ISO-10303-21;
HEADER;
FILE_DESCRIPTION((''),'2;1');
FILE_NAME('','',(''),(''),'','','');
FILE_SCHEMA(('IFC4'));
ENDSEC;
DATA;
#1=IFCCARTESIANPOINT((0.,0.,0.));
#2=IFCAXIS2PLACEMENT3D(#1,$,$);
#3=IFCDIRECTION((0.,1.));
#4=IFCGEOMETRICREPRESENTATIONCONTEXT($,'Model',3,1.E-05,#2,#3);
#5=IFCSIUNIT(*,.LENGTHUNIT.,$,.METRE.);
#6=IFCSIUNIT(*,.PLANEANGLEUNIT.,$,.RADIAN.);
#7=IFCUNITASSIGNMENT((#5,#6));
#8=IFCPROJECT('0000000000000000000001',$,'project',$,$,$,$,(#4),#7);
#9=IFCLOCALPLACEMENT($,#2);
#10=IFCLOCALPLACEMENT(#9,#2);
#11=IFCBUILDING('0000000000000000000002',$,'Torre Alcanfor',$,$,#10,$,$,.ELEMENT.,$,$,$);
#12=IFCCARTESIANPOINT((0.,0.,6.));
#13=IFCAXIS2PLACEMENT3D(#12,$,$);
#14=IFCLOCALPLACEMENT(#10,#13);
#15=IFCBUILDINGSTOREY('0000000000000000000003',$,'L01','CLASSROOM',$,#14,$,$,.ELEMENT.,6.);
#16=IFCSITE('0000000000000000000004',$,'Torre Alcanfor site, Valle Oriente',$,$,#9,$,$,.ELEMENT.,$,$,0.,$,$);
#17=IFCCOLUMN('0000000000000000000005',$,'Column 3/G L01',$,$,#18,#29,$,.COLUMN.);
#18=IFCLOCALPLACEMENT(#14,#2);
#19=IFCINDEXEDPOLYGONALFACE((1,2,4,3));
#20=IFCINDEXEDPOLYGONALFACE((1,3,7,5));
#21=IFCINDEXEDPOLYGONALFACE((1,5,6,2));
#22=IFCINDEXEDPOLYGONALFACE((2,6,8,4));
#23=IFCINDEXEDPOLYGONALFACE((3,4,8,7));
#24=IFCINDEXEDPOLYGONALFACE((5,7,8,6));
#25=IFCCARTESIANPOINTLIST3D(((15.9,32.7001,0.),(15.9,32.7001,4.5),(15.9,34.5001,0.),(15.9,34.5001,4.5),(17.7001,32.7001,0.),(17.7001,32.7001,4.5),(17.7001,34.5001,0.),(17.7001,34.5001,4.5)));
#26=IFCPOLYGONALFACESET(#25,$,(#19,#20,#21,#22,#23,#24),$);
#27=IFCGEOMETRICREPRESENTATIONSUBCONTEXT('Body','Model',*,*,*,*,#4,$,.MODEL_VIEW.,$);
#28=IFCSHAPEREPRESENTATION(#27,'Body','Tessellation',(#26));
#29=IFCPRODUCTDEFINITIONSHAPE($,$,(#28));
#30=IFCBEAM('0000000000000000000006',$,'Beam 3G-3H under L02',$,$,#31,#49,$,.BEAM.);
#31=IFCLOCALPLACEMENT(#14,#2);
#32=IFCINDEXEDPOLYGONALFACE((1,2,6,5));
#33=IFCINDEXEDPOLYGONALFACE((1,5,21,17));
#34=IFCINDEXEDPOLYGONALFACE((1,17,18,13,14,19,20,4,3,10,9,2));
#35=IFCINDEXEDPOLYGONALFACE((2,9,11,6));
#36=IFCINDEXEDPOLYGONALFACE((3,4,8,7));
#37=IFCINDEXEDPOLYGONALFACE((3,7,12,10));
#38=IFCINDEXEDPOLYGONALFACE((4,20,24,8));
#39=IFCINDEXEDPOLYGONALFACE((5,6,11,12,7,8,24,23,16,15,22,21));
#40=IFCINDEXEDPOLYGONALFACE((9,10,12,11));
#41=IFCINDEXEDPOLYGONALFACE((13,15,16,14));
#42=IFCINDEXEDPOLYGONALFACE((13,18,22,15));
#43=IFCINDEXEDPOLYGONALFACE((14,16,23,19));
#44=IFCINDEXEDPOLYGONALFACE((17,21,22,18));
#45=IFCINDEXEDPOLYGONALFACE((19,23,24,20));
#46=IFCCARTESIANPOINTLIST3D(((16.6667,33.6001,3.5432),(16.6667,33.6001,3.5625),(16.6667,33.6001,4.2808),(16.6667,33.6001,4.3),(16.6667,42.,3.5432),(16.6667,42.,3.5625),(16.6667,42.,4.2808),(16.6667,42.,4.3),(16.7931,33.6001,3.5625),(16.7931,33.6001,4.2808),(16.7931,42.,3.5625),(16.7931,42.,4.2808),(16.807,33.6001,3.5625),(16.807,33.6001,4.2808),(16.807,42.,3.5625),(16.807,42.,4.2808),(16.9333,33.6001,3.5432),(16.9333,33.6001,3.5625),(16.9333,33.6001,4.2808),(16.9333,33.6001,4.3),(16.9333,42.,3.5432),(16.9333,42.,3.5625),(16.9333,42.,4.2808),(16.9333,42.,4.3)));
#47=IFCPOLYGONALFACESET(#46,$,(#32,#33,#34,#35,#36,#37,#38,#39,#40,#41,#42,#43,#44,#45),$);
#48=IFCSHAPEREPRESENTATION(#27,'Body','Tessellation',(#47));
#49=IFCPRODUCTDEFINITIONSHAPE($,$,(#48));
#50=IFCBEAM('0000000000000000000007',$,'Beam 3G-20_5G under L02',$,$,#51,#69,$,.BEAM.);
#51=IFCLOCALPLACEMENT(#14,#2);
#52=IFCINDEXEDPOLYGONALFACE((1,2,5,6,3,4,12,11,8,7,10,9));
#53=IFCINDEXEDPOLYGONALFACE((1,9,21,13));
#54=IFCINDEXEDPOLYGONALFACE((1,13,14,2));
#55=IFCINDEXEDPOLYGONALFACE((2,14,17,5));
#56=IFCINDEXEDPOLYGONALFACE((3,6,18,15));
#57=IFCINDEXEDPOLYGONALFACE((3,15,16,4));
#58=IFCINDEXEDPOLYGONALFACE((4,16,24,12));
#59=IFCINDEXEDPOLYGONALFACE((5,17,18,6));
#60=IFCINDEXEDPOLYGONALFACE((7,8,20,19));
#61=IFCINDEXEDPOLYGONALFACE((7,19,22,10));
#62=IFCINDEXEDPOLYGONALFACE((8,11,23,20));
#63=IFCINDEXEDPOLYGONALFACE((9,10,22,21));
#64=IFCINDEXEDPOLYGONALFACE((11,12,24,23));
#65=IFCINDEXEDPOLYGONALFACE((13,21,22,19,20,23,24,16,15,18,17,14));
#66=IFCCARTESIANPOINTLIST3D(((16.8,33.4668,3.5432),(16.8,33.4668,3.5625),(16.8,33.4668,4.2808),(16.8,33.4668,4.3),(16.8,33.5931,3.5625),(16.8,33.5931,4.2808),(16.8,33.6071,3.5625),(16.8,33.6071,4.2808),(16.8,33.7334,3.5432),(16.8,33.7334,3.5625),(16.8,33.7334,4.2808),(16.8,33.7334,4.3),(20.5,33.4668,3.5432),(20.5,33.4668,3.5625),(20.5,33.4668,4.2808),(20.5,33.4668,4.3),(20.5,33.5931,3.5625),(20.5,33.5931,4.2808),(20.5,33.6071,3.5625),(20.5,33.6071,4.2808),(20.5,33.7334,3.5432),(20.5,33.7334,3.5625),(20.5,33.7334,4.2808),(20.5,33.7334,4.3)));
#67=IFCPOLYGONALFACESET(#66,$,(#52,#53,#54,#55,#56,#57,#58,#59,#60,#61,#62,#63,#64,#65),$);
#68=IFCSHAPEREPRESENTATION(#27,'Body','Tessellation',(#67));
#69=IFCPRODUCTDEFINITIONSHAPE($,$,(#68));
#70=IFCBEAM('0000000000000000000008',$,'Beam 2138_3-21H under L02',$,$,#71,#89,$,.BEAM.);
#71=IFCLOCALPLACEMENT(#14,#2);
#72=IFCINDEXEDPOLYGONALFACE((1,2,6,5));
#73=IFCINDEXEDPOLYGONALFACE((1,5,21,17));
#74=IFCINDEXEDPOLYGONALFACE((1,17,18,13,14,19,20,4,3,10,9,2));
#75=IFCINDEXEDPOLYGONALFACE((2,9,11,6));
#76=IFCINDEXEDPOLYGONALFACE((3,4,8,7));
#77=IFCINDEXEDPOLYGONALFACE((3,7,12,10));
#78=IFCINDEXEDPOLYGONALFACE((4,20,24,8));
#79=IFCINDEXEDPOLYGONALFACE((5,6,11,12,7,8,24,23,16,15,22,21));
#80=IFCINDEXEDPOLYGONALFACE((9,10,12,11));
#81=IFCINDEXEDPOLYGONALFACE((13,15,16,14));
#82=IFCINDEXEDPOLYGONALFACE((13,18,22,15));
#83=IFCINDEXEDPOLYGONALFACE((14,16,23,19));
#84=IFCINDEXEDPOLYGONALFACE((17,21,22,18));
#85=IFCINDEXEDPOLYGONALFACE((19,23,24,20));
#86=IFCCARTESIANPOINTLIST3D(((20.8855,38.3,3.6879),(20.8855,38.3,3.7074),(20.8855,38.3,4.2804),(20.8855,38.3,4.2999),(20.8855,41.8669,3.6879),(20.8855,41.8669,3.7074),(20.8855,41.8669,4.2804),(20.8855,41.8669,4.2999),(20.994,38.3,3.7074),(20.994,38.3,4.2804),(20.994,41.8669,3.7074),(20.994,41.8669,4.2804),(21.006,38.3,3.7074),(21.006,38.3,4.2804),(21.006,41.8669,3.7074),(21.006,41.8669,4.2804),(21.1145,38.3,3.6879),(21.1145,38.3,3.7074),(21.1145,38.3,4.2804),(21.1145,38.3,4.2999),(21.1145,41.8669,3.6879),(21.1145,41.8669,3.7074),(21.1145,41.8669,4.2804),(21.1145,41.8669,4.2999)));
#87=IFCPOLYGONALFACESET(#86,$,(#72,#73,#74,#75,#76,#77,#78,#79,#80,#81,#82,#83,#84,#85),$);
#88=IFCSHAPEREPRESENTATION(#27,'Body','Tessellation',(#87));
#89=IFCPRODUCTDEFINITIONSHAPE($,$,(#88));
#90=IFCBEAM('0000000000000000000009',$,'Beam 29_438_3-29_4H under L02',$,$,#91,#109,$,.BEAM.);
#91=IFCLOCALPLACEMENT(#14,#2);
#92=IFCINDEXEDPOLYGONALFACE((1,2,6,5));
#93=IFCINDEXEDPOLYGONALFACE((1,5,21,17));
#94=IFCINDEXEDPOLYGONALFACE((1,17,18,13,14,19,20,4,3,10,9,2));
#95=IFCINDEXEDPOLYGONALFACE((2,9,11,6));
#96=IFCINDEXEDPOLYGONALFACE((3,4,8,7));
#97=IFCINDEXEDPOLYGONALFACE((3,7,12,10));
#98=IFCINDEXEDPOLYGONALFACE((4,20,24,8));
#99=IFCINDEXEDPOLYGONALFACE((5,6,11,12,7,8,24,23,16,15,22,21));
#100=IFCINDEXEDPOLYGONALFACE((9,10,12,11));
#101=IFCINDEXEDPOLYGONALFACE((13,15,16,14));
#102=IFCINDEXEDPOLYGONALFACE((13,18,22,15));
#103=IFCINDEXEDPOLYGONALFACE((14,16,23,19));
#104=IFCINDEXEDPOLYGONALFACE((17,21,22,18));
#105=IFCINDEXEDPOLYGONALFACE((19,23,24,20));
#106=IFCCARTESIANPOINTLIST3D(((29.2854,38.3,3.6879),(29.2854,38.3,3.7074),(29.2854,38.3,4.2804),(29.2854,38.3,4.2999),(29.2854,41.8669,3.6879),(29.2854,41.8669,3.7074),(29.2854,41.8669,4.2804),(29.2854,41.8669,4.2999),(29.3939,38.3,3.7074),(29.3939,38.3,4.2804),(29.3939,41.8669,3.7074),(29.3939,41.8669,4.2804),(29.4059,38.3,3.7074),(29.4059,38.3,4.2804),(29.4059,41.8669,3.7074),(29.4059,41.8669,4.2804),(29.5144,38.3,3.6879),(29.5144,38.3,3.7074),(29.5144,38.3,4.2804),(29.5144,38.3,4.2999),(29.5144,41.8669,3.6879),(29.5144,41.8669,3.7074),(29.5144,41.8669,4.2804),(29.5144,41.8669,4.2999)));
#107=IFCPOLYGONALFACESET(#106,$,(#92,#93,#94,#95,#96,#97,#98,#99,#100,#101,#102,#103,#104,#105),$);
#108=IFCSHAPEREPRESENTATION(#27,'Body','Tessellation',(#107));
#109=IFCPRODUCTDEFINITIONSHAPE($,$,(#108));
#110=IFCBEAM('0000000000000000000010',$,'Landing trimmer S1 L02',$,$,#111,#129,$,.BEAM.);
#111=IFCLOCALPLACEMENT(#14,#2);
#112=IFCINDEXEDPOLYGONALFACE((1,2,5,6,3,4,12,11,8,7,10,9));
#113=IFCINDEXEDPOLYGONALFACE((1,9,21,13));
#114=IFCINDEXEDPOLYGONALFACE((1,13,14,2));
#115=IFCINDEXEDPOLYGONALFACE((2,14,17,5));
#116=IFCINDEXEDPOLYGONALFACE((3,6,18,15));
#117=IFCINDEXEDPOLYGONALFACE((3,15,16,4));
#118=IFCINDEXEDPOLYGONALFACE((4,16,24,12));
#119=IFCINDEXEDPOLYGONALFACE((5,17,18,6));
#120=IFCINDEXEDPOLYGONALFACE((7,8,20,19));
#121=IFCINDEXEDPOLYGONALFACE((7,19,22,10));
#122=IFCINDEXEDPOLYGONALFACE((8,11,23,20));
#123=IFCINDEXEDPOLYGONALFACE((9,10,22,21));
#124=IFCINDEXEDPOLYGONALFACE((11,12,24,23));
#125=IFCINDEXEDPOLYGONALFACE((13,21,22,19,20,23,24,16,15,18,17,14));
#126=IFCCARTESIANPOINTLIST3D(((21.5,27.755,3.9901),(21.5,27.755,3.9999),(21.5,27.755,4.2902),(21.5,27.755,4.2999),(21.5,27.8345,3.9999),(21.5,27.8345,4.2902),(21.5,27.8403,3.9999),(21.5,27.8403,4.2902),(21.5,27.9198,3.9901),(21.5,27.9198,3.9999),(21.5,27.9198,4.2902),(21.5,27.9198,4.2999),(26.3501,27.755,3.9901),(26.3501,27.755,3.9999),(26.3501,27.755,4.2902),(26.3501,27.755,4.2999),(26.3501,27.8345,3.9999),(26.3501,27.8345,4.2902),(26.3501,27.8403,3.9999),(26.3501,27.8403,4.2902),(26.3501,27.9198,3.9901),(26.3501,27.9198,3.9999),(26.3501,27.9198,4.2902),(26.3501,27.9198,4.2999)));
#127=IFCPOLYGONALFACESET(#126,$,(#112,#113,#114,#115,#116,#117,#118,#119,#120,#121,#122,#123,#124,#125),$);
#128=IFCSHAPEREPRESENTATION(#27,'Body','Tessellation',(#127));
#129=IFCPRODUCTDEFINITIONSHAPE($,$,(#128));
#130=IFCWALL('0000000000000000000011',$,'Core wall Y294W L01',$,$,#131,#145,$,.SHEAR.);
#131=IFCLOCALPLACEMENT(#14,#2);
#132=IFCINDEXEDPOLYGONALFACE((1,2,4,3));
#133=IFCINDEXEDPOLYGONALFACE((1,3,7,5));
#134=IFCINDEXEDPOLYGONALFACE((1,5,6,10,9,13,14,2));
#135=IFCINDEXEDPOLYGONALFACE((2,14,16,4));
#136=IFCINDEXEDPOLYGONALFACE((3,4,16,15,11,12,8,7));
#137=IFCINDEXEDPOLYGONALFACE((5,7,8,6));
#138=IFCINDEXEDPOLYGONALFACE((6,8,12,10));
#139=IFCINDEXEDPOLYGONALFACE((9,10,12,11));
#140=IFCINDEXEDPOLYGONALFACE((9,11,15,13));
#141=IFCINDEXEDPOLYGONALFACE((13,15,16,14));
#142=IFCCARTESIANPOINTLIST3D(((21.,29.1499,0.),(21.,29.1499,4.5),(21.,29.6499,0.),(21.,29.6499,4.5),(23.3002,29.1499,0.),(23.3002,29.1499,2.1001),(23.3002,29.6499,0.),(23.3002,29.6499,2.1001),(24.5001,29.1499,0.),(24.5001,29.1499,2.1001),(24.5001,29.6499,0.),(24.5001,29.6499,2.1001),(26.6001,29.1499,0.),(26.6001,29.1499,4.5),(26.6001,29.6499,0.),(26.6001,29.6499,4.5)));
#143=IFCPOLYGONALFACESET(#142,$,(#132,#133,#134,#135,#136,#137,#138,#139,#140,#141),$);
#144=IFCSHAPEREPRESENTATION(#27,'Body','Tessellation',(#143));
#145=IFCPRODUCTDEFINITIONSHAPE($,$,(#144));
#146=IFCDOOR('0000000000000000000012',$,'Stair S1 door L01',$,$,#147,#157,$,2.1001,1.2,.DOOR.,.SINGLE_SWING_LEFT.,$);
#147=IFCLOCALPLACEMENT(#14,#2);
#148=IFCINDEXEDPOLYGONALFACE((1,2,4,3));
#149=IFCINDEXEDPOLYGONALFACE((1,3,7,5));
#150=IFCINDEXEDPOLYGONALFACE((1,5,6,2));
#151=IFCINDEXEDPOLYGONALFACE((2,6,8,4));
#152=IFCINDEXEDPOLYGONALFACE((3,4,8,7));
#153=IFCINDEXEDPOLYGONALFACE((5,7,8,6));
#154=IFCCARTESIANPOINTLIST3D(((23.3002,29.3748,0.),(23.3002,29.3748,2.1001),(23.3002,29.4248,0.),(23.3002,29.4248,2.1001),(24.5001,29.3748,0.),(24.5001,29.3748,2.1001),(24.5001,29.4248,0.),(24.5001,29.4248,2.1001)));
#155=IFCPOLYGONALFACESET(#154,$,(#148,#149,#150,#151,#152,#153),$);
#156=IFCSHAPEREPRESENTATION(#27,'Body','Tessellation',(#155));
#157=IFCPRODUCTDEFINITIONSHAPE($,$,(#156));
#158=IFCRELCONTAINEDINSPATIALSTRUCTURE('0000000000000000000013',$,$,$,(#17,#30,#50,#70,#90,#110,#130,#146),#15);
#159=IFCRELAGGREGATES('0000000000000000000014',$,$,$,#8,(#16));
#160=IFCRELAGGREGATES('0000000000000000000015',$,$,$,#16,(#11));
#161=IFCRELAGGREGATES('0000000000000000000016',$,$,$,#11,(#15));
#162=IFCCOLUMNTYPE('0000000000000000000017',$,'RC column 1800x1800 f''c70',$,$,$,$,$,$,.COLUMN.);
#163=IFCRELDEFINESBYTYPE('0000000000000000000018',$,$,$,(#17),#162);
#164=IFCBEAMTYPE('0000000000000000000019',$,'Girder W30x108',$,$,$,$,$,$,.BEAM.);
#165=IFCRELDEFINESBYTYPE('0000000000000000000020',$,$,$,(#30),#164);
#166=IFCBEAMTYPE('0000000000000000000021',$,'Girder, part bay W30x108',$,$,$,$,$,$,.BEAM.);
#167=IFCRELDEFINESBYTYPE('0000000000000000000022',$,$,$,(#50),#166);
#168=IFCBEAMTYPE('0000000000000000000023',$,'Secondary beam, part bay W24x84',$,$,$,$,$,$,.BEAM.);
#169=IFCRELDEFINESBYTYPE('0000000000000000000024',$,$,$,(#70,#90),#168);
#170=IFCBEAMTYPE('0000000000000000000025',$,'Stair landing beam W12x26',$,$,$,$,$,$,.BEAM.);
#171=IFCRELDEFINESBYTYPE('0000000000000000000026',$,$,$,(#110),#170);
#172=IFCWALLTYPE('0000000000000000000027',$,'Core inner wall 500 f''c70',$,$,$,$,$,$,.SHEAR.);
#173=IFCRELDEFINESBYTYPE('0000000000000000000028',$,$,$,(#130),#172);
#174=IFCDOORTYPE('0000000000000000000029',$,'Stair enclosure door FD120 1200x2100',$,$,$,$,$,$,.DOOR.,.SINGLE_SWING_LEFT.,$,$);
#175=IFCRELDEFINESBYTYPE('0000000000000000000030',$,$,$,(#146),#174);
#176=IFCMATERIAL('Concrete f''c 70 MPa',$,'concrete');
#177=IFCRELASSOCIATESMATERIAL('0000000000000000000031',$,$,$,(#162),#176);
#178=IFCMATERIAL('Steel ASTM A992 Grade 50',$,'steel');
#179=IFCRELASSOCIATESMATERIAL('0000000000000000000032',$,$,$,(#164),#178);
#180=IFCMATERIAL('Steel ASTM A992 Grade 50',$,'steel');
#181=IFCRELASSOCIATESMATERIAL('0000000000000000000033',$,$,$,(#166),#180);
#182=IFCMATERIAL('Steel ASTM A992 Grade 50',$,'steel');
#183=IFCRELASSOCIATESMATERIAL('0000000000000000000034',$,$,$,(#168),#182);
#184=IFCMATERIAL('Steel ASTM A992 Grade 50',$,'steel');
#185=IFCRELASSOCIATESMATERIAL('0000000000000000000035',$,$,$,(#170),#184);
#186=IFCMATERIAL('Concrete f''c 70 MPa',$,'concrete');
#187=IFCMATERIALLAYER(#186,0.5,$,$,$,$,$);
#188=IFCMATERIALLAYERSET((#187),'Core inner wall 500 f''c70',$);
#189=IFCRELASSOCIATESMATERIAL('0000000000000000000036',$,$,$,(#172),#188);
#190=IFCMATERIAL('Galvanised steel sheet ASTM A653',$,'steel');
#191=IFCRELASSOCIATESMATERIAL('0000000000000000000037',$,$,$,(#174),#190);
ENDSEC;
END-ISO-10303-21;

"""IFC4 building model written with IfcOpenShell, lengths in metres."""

from ifc_helpers import new_model, si_unit, direction, frame, frame_2d, origin, origin_2d, place, context, subcontext, project, spatial, rectangle, i_section, extrude, material, layer, layer_set, material_profile, profile_set, type_object, element, fill, save


model = new_model("IFC4")

# Units and contexts
model_context = context("Model", 3, precision=1e-05, world=origin(), true_north=direction((0.0, 1.0)))
body_context = subcontext(model_context, "Body", "Model", "MODEL_VIEW")
ifc_project = project(units=[si_unit("LENGTHUNIT", "METRE"), si_unit("PLANEANGLEUNIT", "RADIAN")], contexts=[model_context])

# Site, building, storey
site_placement = place(None, origin())
site = spatial("IfcSite", under=ifc_project, at=site_placement, Name="Torre Alcanfor site, Valle Oriente", CompositionType="ELEMENT", RefElevation=0.0)
building_placement = place(site_placement, origin())
building = spatial("IfcBuilding", under=site, at=building_placement, Name="Torre Alcanfor", CompositionType="ELEMENT")
storey_placement = place(building_placement, frame((0.0, 0.0, 6.0)))
storey = spatial("IfcBuildingStorey", under=building, at=storey_placement, Name="L01", Description="CLASSROOM", CompositionType="ELEMENT", Elevation=6.0)

# Column
ifc_material_1 = material(Name="Concrete f'c 70 MPa", Category="concrete")
ifc_material_profile_1 = material_profile(ifc_material_1, rectangle(XDim=1.8, YDim=1.8, at=origin_2d()), Name="1800x1800")
ifc_profile_set_1 = profile_set([ifc_material_profile_1], Name="Concrete f'c 70 MPa")
column_type = type_object("IfcColumnType", Name="RC column 1800x1800 f'c70", PredefinedType="COLUMN", material=ifc_profile_set_1)
column_placement = place(storey_placement, frame((16.8, 33.6001, 0.0), z_axis=(0.0, 0.0, 1.0), x_axis=(1.0, 0.0, 0.0)))
element("IfcColumn", 1, at=column_placement, inside=storey, type_object=column_type, Name="Column 3/G L01", PredefinedType="COLUMN", context=body_context, shape_type="SweptSolid", body=[
    extrude(rectangle(XDim=1.8, YDim=1.8, at=origin_2d()), origin(), (0.0, 0.0, 1.0), 4.5),
])

# Beams
ifc_material_2 = material(Name="Steel ASTM A992 Grade 50", Category="steel")
ifc_material_profile_2 = material_profile(ifc_material_2, i_section(OverallWidth=0.2666, OverallDepth=0.7568, WebThickness=0.0139, FlangeThickness=0.0193, at=origin_2d()), Name="W30x108")
ifc_profile_set_2 = profile_set([ifc_material_profile_2], Name="Steel ASTM A992 Grade 50")
beam_type_1 = type_object("IfcBeamType", Name="Girder W30x108", PredefinedType="BEAM", material=ifc_profile_set_2)
beam_1_placement = place(storey_placement, frame((16.8, 33.6001, 3.9216), z_axis=(0.0, 1.0, 0.0), x_axis=(-1.0, 0.0, 0.0)))
element("IfcBeam", 2, at=beam_1_placement, inside=storey, type_object=beam_type_1, Name="Beam 3G-3H under L02", PredefinedType="BEAM", context=body_context, shape_type="SweptSolid", body=[
    extrude(i_section(OverallWidth=0.2666, OverallDepth=0.7568, WebThickness=0.0139, FlangeThickness=0.0193, at=origin_2d()), origin(), (0.0, 0.0, 1.0), 8.3999),
])
ifc_material_3 = material(Name="Steel ASTM A992 Grade 50", Category="steel")
ifc_material_profile_3 = material_profile(ifc_material_3, i_section(OverallWidth=0.2666, OverallDepth=0.7568, WebThickness=0.0139, FlangeThickness=0.0193, at=origin_2d()), Name="W30x108")
ifc_profile_set_3 = profile_set([ifc_material_profile_3], Name="Steel ASTM A992 Grade 50")
beam_type_2 = type_object("IfcBeamType", Name="Girder, part bay W30x108", PredefinedType="BEAM", material=ifc_profile_set_3)
beam_2_placement = place(storey_placement, frame((16.8, 33.6001, 3.9216), z_axis=(1.0, 0.0, 0.0), x_axis=(0.0, 1.0, 0.0)))
element("IfcBeam", 3, at=beam_2_placement, inside=storey, type_object=beam_type_2, Name="Beam 3G-20_5G under L02", PredefinedType="BEAM", context=body_context, shape_type="SweptSolid", body=[
    extrude(i_section(OverallWidth=0.2666, OverallDepth=0.7568, WebThickness=0.0139, FlangeThickness=0.0193, at=origin_2d()), origin(), (0.0, 0.0, 1.0), 3.7),
])
ifc_material_4 = material(Name="Steel ASTM A992 Grade 50", Category="steel")
ifc_material_profile_4 = material_profile(ifc_material_4, i_section(OverallWidth=0.229, OverallDepth=0.6121, WebThickness=0.012, FlangeThickness=0.0195, at=origin_2d()), Name="W24x84")
ifc_profile_set_4 = profile_set([ifc_material_profile_4], Name="Steel ASTM A992 Grade 50")
beam_type_3 = type_object("IfcBeamType", Name="Secondary beam, part bay W24x84", PredefinedType="BEAM", material=ifc_profile_set_4)
for number, where, z_axis, x_axis, name in (
    (4, (21.0, 38.3, 3.9939), (0.0, 1.0, 0.0), (-1.0, 0.0, 0.0), "Beam 2138_3-21H under L02"),
    (5, (29.3999, 38.3, 3.9939), (0.0, 1.0, 0.0), (-1.0, 0.0, 0.0), "Beam 29_438_3-29_4H under L02"),
):
    element("IfcBeam", number, at=place(storey_placement, frame(where, z_axis=z_axis, x_axis=x_axis)), inside=storey, type_object=beam_type_3, Name=name, PredefinedType="BEAM", context=body_context, shape_type="SweptSolid", body=[
        extrude(i_section(OverallWidth=0.229, OverallDepth=0.6121, WebThickness=0.012, FlangeThickness=0.0195, at=origin_2d()), origin(), (0.0, 0.0, 1.0), 3.5669),
    ])
ifc_material_5 = material(Name="Steel ASTM A992 Grade 50", Category="steel")
ifc_material_profile_5 = material_profile(ifc_material_5, i_section(OverallWidth=0.1648, OverallDepth=0.3098, WebThickness=0.0059, FlangeThickness=0.0098, at=origin_2d()), Name="W12x26")
ifc_profile_set_5 = profile_set([ifc_material_profile_5], Name="Steel ASTM A992 Grade 50")
beam_type_4 = type_object("IfcBeamType", Name="Stair landing beam W12x26", PredefinedType="BEAM", material=ifc_profile_set_5)
beam_3_placement = place(storey_placement, frame((21.5, 27.8374, 4.145), z_axis=(1.0, 0.0, 0.0), x_axis=(0.0, 1.0, 0.0)))
element("IfcBeam", 6, at=beam_3_placement, inside=storey, type_object=beam_type_4, Name="Landing trimmer S1 L02", PredefinedType="BEAM", context=body_context, shape_type="SweptSolid", body=[
    extrude(i_section(OverallWidth=0.1648, OverallDepth=0.3098, WebThickness=0.0059, FlangeThickness=0.0098, at=origin_2d()), origin(), (0.0, 0.0, 1.0), 4.8501),
])

# Wall, opening, door
ifc_material_6 = material(Name="Concrete f'c 70 MPa", Category="concrete")
ifc_layer_1 = layer(ifc_material_6, 0.5)
ifc_layer_set_1 = layer_set([ifc_layer_1], Name="Core inner wall 500 f'c70")
wall_type_1 = type_object("IfcWallType", Name="Core inner wall 500 f'c70", PredefinedType="SHEAR", material=ifc_layer_set_1)
wall_1_placement = place(storey_placement, frame((21.0, 29.3999, 0.0), z_axis=(0.0, 0.0, 1.0), x_axis=(1.0, 0.0, 0.0)))
wall_1 = element("IfcWall", 7, at=wall_1_placement, inside=storey, type_object=wall_type_1, Name="Core wall Y294W L01", PredefinedType="SHEAR", context=body_context, shape_type="SweptSolid", body=[
    extrude(rectangle(XDim=5.6001, YDim=0.5, at=frame_2d((2.8, 0.0))), origin(), (0.0, 0.0, 1.0), 4.5),
])
opening_1_placement = place(wall_1_placement, frame((2.3, 0.0, 0.0)))
opening_1 = element("IfcOpeningElement", 8, at=opening_1_placement, cuts=wall_1, PredefinedType="OPENING", context=body_context, shape_type="SweptSolid", body=[
    extrude(rectangle(XDim=1.2, YDim=2.1001, at=frame_2d((0.6001, 1.05))), frame((0.0, 0.26, 0.0), z_axis=(0.0, -1.0, 0.0), x_axis=(1.0, 0.0, 0.0)), (0.0, 0.0, 1.0), 0.52),
])
ifc_material_7 = material(Name="Galvanised steel sheet ASTM A653", Category="steel")
door_type_1 = type_object("IfcDoorType", Name="Stair enclosure door FD120 1200x2100", OperationType="SINGLE_SWING_LEFT", PredefinedType="DOOR", material=ifc_material_7)
door_1_placement = place(opening_1_placement, frame((1.2, 0.0, 0.0), z_axis=(0.0, 0.0, 1.0), x_axis=(-1.0, 0.0, 0.0)))
door_1 = element("IfcDoor", 9, at=door_1_placement, inside=storey, type_object=door_type_1, Name="Stair S1 door L01", OperationType="SINGLE_SWING_LEFT", OverallHeight=2.1001, OverallWidth=1.2, PredefinedType="DOOR", context=body_context, shape_type="SweptSolid", body=[
    extrude(rectangle(XDim=1.2, YDim=2.1001, at=frame_2d((0.5999, 1.05))), frame((0.0, 0.0251, 0.0), z_axis=(0.0, -1.0, 0.0), x_axis=(1.0, 0.0, 0.0)), (0.0, 0.0, 1.0), 0.05),
])
fill(opening_1, door_1)

save(model, "model.ifc")
